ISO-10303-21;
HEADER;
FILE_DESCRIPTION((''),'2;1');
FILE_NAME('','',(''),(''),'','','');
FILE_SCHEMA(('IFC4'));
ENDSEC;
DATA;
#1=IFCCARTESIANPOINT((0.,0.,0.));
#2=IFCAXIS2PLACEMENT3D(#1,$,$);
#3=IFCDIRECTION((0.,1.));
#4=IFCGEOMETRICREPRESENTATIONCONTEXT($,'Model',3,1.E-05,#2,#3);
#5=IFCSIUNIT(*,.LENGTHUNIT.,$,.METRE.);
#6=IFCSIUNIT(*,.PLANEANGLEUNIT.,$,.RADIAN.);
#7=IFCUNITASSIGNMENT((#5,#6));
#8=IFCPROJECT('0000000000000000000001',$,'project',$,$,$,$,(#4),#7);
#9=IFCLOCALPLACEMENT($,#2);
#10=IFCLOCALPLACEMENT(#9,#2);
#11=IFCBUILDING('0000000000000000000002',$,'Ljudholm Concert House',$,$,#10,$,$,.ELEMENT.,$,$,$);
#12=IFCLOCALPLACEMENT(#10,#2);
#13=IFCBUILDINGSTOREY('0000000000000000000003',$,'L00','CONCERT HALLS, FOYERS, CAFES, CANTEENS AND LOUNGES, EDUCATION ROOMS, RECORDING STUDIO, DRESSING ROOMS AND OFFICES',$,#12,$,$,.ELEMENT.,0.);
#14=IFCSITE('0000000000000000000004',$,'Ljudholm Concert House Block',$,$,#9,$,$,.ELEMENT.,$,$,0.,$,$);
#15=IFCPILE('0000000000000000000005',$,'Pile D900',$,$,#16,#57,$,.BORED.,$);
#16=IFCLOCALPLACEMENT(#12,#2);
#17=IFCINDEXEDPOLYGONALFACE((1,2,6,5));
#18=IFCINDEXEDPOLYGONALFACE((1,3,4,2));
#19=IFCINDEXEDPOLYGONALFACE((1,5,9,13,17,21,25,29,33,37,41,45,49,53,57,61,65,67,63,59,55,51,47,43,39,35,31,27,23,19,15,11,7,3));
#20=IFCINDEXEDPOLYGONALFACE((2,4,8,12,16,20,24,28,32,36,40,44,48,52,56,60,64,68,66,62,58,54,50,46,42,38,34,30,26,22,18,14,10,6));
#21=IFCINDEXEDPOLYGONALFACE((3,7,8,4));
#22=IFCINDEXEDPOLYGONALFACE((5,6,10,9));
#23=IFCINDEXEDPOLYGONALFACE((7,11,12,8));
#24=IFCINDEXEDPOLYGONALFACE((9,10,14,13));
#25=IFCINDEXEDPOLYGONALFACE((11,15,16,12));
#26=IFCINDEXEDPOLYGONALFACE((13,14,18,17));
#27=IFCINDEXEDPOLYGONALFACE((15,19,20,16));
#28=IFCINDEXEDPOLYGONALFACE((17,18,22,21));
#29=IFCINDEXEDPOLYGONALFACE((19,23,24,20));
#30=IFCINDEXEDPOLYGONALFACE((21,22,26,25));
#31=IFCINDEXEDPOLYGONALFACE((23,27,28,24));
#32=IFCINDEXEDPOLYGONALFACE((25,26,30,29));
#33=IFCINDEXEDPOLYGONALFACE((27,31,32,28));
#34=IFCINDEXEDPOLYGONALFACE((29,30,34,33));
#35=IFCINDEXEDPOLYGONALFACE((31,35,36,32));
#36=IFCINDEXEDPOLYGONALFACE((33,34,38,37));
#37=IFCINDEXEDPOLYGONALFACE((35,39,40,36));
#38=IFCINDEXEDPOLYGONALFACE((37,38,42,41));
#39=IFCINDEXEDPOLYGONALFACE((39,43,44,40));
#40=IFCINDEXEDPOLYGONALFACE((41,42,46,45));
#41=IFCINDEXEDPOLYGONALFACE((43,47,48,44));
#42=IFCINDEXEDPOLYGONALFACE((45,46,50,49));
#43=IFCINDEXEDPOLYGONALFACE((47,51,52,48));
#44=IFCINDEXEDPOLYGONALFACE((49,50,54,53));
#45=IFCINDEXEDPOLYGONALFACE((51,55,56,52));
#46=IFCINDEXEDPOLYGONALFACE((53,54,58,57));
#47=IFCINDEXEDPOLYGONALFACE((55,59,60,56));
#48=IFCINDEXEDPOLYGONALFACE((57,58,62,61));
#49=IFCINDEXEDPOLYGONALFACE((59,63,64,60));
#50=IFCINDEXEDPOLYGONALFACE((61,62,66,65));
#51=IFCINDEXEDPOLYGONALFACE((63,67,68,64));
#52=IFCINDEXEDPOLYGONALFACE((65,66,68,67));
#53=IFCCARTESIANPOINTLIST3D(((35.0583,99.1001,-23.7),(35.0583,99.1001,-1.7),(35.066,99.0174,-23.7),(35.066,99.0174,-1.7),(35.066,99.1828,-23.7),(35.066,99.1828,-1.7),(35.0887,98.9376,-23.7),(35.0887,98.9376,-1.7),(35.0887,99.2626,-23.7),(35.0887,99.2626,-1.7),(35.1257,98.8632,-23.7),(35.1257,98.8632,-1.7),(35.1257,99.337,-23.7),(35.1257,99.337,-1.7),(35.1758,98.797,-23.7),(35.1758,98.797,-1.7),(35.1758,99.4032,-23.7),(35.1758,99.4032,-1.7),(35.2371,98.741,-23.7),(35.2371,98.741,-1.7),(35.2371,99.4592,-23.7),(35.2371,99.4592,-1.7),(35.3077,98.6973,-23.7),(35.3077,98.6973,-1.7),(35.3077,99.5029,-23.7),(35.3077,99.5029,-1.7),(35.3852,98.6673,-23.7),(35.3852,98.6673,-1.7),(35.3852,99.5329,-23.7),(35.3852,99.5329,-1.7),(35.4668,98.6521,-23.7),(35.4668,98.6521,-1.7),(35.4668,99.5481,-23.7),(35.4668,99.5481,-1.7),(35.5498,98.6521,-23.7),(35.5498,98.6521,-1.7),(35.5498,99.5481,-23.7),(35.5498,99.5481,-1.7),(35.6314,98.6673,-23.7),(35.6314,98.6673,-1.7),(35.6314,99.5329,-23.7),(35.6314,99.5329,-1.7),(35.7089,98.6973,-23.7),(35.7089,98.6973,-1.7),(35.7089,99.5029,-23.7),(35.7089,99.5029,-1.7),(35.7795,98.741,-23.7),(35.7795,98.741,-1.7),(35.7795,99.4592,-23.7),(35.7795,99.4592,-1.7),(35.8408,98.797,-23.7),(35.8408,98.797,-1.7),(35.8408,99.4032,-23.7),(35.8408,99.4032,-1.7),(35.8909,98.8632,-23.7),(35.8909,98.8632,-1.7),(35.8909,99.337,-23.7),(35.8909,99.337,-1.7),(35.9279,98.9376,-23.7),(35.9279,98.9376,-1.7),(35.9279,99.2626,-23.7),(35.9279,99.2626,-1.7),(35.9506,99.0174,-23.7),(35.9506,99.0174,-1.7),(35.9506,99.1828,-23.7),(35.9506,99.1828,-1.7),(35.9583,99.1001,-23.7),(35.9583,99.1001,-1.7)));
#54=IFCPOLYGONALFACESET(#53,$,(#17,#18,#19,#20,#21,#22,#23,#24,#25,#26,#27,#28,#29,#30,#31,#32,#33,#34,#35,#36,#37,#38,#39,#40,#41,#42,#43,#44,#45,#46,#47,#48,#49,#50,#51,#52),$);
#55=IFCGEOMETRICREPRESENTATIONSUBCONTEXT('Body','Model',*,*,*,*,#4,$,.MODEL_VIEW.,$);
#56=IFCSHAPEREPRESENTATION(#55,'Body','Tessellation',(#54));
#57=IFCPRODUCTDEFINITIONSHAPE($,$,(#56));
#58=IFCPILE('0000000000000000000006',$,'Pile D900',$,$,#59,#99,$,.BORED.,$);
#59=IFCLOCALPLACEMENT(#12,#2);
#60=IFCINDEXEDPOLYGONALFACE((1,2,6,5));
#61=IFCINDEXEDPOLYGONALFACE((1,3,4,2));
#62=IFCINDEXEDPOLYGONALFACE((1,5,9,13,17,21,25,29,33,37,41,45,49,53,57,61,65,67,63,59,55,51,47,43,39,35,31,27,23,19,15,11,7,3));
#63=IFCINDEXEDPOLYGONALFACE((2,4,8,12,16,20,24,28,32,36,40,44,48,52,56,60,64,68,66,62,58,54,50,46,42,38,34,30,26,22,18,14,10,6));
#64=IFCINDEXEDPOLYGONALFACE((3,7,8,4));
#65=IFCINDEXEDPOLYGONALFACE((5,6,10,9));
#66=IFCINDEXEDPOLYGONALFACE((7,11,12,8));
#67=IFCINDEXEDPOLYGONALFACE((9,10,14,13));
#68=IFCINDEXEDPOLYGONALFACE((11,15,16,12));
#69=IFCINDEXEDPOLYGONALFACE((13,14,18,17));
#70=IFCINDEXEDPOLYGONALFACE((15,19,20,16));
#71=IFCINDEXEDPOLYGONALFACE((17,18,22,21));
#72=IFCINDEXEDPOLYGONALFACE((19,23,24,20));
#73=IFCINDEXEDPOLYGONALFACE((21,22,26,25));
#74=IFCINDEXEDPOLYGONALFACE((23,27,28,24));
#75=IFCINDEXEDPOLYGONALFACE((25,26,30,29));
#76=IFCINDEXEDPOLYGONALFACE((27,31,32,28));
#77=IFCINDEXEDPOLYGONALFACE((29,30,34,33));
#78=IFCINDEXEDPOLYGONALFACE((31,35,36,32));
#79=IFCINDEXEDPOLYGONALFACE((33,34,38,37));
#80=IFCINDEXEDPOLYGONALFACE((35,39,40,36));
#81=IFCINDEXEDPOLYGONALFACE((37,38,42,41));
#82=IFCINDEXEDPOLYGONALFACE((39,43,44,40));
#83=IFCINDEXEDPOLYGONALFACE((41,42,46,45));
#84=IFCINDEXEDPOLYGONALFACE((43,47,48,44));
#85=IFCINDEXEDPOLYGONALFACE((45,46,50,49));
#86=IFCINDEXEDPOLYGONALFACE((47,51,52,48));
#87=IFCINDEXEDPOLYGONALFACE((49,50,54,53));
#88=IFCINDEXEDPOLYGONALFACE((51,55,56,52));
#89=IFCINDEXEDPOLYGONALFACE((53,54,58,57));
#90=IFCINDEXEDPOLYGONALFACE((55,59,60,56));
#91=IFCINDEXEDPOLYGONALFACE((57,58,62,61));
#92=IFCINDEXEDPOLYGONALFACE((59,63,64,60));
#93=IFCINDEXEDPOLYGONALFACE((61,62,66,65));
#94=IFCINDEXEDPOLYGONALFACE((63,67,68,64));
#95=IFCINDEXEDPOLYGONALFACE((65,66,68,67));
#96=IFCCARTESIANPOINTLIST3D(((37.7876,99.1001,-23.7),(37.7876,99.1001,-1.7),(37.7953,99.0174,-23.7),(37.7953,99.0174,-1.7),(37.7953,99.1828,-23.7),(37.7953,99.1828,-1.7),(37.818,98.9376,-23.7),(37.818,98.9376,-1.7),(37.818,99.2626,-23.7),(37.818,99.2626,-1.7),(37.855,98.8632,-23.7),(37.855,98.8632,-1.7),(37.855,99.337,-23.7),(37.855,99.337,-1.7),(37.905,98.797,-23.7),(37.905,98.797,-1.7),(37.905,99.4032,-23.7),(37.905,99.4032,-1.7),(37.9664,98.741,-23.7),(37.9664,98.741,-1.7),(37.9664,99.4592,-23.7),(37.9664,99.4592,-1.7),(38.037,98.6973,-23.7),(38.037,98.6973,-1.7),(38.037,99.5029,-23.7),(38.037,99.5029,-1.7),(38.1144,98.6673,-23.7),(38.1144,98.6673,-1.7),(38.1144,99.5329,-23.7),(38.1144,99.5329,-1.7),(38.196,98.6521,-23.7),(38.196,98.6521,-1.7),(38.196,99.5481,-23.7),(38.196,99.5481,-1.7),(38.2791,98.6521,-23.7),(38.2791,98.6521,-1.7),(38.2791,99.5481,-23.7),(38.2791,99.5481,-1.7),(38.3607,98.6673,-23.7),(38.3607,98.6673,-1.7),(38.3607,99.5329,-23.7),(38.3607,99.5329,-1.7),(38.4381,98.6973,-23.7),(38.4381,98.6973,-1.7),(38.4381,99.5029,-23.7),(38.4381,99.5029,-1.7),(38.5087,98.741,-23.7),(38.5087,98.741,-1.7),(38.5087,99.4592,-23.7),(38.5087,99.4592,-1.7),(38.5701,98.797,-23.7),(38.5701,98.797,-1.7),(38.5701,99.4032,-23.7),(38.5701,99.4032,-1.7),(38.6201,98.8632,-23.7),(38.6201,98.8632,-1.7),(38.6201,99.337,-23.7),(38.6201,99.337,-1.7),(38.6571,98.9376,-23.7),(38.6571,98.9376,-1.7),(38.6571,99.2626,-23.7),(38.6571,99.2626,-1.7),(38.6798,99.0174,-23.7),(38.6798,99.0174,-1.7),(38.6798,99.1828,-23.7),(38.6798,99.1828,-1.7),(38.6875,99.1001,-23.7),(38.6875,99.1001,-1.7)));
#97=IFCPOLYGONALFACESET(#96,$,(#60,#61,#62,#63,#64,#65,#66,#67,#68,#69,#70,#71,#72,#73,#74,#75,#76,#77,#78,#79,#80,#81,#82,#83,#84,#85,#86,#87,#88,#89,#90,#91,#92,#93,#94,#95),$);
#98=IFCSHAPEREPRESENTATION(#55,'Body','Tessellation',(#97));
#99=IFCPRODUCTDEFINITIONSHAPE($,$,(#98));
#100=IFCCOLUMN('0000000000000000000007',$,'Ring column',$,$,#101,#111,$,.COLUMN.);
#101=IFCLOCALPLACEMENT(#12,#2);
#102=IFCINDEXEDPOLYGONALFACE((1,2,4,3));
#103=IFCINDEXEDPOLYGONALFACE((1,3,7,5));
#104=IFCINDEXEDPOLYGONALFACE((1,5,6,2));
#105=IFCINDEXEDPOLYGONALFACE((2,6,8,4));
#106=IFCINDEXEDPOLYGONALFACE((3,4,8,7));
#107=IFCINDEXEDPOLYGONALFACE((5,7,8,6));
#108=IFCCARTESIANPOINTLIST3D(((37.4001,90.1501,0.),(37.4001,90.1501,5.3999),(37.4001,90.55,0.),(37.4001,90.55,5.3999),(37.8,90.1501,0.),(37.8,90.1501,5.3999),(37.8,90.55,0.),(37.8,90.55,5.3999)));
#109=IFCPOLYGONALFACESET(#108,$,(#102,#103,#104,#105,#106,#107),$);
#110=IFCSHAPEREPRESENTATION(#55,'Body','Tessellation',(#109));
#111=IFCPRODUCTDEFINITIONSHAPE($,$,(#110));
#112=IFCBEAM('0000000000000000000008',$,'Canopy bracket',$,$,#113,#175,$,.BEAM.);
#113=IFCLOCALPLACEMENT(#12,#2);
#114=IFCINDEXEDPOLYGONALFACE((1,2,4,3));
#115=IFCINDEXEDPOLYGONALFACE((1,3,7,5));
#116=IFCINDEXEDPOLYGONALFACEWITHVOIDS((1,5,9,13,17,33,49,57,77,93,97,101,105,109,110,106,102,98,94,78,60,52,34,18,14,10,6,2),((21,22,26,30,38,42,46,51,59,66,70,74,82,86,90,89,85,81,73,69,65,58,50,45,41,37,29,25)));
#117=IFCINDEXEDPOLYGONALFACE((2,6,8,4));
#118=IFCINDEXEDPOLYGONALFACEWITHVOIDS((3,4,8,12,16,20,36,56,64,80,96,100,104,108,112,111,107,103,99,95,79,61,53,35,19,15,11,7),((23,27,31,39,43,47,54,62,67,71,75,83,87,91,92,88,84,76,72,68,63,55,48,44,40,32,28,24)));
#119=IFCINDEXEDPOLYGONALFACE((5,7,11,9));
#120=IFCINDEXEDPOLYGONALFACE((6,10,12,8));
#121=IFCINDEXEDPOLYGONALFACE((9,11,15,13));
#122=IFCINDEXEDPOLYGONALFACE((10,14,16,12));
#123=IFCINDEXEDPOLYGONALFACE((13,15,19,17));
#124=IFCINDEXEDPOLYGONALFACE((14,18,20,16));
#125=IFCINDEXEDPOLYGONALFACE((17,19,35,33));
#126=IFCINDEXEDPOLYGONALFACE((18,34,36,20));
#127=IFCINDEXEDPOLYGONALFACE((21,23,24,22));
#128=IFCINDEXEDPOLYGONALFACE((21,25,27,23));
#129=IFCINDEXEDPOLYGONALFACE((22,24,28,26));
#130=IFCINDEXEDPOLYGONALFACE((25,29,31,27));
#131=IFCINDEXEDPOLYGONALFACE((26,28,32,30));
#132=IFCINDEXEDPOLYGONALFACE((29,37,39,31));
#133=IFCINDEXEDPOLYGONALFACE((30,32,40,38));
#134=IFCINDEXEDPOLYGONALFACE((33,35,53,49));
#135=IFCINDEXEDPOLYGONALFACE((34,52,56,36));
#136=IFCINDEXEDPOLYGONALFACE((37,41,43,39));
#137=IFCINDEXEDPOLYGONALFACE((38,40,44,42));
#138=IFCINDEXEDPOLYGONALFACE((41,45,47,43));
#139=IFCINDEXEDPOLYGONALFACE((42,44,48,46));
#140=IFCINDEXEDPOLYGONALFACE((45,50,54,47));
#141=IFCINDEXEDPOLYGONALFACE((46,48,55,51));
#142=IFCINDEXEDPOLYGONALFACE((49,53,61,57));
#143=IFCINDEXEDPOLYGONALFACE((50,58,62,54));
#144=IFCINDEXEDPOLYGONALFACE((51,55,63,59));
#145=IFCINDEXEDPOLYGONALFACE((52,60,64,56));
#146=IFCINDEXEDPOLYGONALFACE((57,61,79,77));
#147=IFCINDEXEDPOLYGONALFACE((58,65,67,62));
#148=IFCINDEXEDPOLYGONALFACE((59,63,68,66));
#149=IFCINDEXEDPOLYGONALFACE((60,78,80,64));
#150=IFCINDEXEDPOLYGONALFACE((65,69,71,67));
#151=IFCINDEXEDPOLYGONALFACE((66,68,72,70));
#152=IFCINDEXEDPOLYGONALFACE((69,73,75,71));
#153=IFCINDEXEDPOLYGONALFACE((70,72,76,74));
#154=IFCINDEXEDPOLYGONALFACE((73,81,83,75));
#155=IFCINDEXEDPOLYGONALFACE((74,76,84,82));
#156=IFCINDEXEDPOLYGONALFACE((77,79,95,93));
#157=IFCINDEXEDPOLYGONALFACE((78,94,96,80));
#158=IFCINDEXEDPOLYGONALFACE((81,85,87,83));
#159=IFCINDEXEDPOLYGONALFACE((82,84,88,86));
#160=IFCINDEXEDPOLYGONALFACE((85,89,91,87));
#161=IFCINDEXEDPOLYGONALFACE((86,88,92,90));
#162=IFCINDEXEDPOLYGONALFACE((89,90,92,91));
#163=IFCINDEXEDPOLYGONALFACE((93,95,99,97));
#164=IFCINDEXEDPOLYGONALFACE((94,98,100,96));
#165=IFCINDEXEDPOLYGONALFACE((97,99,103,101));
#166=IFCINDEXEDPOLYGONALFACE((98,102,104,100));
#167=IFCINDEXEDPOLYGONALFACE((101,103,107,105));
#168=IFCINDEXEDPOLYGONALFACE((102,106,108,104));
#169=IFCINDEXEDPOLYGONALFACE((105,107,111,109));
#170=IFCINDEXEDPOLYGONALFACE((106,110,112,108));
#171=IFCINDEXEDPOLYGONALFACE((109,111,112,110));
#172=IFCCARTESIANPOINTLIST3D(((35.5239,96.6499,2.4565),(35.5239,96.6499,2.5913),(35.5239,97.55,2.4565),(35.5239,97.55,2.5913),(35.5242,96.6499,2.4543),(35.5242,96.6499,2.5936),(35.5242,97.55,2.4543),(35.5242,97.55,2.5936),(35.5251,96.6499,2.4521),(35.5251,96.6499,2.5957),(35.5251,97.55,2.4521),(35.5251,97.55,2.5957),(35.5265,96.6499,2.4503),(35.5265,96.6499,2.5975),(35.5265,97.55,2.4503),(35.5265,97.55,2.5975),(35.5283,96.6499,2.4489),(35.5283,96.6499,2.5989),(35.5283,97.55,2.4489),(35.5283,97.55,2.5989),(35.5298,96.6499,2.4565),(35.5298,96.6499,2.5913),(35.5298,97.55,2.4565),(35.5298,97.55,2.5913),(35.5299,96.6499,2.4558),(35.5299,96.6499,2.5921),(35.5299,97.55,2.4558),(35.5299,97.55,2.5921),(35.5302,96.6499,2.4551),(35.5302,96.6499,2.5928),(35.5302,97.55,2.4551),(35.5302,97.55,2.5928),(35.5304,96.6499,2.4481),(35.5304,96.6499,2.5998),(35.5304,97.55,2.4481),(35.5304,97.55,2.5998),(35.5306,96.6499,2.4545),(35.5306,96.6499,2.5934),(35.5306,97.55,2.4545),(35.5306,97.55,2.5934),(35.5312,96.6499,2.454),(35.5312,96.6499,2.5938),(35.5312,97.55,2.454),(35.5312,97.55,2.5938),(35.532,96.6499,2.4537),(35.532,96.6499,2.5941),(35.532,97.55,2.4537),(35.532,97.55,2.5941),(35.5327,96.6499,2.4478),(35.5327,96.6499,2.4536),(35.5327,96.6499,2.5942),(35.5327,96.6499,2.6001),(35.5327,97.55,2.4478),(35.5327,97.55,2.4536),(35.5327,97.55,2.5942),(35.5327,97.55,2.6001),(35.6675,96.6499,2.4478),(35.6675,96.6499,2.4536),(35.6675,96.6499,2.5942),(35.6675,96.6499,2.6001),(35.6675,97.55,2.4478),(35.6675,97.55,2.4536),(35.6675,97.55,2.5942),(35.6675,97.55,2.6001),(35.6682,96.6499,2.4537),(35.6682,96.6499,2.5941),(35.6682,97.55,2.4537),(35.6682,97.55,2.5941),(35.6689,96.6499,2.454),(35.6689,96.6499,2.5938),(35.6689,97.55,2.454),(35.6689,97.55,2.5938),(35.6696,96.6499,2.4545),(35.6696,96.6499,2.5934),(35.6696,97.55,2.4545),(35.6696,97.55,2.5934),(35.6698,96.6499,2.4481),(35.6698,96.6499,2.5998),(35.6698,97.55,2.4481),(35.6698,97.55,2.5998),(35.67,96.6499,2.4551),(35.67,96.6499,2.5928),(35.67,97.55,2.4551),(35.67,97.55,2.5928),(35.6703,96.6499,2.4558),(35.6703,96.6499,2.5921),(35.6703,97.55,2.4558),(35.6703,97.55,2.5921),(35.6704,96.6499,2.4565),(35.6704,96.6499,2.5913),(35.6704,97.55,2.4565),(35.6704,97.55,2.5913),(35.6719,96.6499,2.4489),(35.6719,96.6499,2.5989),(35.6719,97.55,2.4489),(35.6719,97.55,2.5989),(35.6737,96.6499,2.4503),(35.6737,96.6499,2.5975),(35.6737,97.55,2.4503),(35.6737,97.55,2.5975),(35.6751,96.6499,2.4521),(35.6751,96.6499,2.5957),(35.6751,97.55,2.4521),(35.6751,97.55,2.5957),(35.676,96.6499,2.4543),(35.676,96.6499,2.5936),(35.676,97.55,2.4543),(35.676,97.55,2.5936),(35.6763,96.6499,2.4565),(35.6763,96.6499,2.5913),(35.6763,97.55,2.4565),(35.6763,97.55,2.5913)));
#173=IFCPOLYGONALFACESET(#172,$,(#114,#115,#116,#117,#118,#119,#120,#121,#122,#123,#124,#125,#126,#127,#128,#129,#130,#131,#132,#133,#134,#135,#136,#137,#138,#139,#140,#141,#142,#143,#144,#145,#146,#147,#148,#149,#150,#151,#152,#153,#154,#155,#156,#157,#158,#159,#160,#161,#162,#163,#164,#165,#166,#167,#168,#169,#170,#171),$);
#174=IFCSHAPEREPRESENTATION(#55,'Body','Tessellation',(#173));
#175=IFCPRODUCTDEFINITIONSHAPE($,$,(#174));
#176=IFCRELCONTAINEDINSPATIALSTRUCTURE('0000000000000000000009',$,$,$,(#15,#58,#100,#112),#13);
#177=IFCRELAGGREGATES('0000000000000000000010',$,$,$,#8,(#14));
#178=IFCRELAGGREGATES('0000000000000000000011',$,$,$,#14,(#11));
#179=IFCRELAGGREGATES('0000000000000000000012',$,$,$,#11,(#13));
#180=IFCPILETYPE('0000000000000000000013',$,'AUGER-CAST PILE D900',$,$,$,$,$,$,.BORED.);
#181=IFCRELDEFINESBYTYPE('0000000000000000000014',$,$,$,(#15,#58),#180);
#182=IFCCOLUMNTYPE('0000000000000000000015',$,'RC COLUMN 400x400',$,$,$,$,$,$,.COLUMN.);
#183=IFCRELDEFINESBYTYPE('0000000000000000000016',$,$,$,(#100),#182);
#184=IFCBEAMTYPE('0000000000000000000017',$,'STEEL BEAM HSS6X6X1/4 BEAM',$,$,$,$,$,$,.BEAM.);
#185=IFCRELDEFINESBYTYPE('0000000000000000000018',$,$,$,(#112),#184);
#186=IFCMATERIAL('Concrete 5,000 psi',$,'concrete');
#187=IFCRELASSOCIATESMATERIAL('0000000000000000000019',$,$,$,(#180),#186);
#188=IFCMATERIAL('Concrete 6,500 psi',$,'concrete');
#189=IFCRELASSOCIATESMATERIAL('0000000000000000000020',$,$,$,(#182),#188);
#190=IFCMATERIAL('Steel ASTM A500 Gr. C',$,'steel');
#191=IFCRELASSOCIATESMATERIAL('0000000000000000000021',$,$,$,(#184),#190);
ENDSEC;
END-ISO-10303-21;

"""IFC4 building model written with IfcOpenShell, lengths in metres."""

from ifc_helpers import new_model, si_unit, direction, frame, origin, origin_2d, place, context, subcontext, project, spatial, rectangle, hollow_rectangle, circle, extrude, material, material_profile, profile_set, type_object, element, save


model = new_model("IFC4")

# Units and contexts
model_context = context("Model", 3, precision=1e-05, world=origin(), true_north=direction((0.0, 1.0)))
body_context = subcontext(model_context, "Body", "Model", "MODEL_VIEW")
ifc_project = project(units=[si_unit("LENGTHUNIT", "METRE"), si_unit("PLANEANGLEUNIT", "RADIAN")], contexts=[model_context])

# Site, building, storey
site_placement = place(None, origin())
site = spatial("IfcSite", under=ifc_project, at=site_placement, Name="Ljudholm Concert House Block", CompositionType="ELEMENT", RefElevation=0.0)
building_placement = place(site_placement, origin())
building = spatial("IfcBuilding", under=site, at=building_placement, Name="Ljudholm Concert House", CompositionType="ELEMENT")
storey_placement = place(building_placement, origin())
storey = spatial("IfcBuildingStorey", under=building, at=storey_placement, Name="L00", Description="CONCERT HALLS, FOYERS, CAFES, CANTEENS AND LOUNGES, EDUCATION ROOMS, RECORDING STUDIO, DRESSING ROOMS AND OFFICES", CompositionType="ELEMENT", Elevation=0.0)

# Piles
ifc_material_1 = material(Name="Concrete 5,000 psi", Category="concrete")
ifc_material_profile_1 = material_profile(ifc_material_1, circle(Radius=0.45, at=origin_2d()), Name="AUGER-CAST PILE D900")
ifc_profile_set_1 = profile_set([ifc_material_profile_1], Name="Concrete 5,000 psi")
pile_type_1 = type_object("IfcPileType", Name="AUGER-CAST PILE D900", PredefinedType="BORED", material=ifc_profile_set_1)
for number, where, z_axis, x_axis, name in (
    (1, (35.5083, 99.1001, -1.7), (0.0, 0.0, -1.0), (1.0, 0.0, 0.0), "Pile D900"),
    (2, (38.2375, 99.1001, -1.7), (0.0, 0.0, -1.0), (1.0, 0.0, 0.0), "Pile D900"),
):
    element("IfcPile", number, at=place(storey_placement, frame(where, z_axis=z_axis, x_axis=x_axis)), inside=storey, type_object=pile_type_1, Name=name, PredefinedType="BORED", context=body_context, shape_type="SweptSolid", body=[
        extrude(circle(Radius=0.45, at=origin_2d()), origin(), (0.0, 0.0, 1.0), 22.0),
    ])

# Column
ifc_material_2 = material(Name="Concrete 6,500 psi", Category="concrete")
ifc_material_profile_2 = material_profile(ifc_material_2, rectangle(XDim=0.3999, YDim=0.3999, at=origin_2d()), Name="RC COLUMN 400x400")
ifc_profile_set_2 = profile_set([ifc_material_profile_2], Name="Concrete 6,500 psi")
column_type = type_object("IfcColumnType", Name="RC COLUMN 400x400", PredefinedType="COLUMN", material=ifc_profile_set_2)
column_placement = place(storey_placement, frame((37.6001, 90.3501, 0.0), z_axis=(0.0, 0.0, 1.0), x_axis=(1.0, 0.0, 0.0)))
element("IfcColumn", 3, at=column_placement, inside=storey, type_object=column_type, Name="Ring column", PredefinedType="COLUMN", context=body_context, shape_type="SweptSolid", body=[
    extrude(rectangle(XDim=0.3999, YDim=0.3999, at=origin_2d()), origin(), (0.0, 0.0, 1.0), 5.3999),
])

# Beam
ifc_material_3 = material(Name="Steel ASTM A500 Gr. C", Category="steel")
ifc_material_profile_3 = material_profile(ifc_material_3, hollow_rectangle(XDim=0.1523, YDim=0.1523, WallThickness=0.0059, InnerFilletRadius=0.0029, OuterFilletRadius=0.0088, at=origin_2d()), Name="HSS6X6X1/4")
ifc_profile_set_3 = profile_set([ifc_material_profile_3], Name="Steel ASTM A500 Gr. C")
beam_type = type_object("IfcBeamType", Name="STEEL BEAM HSS6X6X1/4 BEAM", PredefinedType="BEAM", material=ifc_profile_set_3)
for number, where, z_axis, x_axis, name in (
    (4, (35.6001, 96.6499, 2.5239), (0.0, 1.0, 0.0), (-1.0, 0.0, 0.0), "Canopy bracket"),
):
    element("IfcBeam", number, at=place(storey_placement, frame(where, z_axis=z_axis, x_axis=x_axis)), inside=storey, type_object=beam_type, Name=name, PredefinedType="BEAM", context=body_context, shape_type="SweptSolid", body=[
        extrude(hollow_rectangle(XDim=0.1523, YDim=0.1523, WallThickness=0.0059, InnerFilletRadius=0.0029, OuterFilletRadius=0.0088, at=origin_2d()), origin(), (0.0, 0.0, 1.0), 0.9001),
    ])

save(model, "model.ifc")
